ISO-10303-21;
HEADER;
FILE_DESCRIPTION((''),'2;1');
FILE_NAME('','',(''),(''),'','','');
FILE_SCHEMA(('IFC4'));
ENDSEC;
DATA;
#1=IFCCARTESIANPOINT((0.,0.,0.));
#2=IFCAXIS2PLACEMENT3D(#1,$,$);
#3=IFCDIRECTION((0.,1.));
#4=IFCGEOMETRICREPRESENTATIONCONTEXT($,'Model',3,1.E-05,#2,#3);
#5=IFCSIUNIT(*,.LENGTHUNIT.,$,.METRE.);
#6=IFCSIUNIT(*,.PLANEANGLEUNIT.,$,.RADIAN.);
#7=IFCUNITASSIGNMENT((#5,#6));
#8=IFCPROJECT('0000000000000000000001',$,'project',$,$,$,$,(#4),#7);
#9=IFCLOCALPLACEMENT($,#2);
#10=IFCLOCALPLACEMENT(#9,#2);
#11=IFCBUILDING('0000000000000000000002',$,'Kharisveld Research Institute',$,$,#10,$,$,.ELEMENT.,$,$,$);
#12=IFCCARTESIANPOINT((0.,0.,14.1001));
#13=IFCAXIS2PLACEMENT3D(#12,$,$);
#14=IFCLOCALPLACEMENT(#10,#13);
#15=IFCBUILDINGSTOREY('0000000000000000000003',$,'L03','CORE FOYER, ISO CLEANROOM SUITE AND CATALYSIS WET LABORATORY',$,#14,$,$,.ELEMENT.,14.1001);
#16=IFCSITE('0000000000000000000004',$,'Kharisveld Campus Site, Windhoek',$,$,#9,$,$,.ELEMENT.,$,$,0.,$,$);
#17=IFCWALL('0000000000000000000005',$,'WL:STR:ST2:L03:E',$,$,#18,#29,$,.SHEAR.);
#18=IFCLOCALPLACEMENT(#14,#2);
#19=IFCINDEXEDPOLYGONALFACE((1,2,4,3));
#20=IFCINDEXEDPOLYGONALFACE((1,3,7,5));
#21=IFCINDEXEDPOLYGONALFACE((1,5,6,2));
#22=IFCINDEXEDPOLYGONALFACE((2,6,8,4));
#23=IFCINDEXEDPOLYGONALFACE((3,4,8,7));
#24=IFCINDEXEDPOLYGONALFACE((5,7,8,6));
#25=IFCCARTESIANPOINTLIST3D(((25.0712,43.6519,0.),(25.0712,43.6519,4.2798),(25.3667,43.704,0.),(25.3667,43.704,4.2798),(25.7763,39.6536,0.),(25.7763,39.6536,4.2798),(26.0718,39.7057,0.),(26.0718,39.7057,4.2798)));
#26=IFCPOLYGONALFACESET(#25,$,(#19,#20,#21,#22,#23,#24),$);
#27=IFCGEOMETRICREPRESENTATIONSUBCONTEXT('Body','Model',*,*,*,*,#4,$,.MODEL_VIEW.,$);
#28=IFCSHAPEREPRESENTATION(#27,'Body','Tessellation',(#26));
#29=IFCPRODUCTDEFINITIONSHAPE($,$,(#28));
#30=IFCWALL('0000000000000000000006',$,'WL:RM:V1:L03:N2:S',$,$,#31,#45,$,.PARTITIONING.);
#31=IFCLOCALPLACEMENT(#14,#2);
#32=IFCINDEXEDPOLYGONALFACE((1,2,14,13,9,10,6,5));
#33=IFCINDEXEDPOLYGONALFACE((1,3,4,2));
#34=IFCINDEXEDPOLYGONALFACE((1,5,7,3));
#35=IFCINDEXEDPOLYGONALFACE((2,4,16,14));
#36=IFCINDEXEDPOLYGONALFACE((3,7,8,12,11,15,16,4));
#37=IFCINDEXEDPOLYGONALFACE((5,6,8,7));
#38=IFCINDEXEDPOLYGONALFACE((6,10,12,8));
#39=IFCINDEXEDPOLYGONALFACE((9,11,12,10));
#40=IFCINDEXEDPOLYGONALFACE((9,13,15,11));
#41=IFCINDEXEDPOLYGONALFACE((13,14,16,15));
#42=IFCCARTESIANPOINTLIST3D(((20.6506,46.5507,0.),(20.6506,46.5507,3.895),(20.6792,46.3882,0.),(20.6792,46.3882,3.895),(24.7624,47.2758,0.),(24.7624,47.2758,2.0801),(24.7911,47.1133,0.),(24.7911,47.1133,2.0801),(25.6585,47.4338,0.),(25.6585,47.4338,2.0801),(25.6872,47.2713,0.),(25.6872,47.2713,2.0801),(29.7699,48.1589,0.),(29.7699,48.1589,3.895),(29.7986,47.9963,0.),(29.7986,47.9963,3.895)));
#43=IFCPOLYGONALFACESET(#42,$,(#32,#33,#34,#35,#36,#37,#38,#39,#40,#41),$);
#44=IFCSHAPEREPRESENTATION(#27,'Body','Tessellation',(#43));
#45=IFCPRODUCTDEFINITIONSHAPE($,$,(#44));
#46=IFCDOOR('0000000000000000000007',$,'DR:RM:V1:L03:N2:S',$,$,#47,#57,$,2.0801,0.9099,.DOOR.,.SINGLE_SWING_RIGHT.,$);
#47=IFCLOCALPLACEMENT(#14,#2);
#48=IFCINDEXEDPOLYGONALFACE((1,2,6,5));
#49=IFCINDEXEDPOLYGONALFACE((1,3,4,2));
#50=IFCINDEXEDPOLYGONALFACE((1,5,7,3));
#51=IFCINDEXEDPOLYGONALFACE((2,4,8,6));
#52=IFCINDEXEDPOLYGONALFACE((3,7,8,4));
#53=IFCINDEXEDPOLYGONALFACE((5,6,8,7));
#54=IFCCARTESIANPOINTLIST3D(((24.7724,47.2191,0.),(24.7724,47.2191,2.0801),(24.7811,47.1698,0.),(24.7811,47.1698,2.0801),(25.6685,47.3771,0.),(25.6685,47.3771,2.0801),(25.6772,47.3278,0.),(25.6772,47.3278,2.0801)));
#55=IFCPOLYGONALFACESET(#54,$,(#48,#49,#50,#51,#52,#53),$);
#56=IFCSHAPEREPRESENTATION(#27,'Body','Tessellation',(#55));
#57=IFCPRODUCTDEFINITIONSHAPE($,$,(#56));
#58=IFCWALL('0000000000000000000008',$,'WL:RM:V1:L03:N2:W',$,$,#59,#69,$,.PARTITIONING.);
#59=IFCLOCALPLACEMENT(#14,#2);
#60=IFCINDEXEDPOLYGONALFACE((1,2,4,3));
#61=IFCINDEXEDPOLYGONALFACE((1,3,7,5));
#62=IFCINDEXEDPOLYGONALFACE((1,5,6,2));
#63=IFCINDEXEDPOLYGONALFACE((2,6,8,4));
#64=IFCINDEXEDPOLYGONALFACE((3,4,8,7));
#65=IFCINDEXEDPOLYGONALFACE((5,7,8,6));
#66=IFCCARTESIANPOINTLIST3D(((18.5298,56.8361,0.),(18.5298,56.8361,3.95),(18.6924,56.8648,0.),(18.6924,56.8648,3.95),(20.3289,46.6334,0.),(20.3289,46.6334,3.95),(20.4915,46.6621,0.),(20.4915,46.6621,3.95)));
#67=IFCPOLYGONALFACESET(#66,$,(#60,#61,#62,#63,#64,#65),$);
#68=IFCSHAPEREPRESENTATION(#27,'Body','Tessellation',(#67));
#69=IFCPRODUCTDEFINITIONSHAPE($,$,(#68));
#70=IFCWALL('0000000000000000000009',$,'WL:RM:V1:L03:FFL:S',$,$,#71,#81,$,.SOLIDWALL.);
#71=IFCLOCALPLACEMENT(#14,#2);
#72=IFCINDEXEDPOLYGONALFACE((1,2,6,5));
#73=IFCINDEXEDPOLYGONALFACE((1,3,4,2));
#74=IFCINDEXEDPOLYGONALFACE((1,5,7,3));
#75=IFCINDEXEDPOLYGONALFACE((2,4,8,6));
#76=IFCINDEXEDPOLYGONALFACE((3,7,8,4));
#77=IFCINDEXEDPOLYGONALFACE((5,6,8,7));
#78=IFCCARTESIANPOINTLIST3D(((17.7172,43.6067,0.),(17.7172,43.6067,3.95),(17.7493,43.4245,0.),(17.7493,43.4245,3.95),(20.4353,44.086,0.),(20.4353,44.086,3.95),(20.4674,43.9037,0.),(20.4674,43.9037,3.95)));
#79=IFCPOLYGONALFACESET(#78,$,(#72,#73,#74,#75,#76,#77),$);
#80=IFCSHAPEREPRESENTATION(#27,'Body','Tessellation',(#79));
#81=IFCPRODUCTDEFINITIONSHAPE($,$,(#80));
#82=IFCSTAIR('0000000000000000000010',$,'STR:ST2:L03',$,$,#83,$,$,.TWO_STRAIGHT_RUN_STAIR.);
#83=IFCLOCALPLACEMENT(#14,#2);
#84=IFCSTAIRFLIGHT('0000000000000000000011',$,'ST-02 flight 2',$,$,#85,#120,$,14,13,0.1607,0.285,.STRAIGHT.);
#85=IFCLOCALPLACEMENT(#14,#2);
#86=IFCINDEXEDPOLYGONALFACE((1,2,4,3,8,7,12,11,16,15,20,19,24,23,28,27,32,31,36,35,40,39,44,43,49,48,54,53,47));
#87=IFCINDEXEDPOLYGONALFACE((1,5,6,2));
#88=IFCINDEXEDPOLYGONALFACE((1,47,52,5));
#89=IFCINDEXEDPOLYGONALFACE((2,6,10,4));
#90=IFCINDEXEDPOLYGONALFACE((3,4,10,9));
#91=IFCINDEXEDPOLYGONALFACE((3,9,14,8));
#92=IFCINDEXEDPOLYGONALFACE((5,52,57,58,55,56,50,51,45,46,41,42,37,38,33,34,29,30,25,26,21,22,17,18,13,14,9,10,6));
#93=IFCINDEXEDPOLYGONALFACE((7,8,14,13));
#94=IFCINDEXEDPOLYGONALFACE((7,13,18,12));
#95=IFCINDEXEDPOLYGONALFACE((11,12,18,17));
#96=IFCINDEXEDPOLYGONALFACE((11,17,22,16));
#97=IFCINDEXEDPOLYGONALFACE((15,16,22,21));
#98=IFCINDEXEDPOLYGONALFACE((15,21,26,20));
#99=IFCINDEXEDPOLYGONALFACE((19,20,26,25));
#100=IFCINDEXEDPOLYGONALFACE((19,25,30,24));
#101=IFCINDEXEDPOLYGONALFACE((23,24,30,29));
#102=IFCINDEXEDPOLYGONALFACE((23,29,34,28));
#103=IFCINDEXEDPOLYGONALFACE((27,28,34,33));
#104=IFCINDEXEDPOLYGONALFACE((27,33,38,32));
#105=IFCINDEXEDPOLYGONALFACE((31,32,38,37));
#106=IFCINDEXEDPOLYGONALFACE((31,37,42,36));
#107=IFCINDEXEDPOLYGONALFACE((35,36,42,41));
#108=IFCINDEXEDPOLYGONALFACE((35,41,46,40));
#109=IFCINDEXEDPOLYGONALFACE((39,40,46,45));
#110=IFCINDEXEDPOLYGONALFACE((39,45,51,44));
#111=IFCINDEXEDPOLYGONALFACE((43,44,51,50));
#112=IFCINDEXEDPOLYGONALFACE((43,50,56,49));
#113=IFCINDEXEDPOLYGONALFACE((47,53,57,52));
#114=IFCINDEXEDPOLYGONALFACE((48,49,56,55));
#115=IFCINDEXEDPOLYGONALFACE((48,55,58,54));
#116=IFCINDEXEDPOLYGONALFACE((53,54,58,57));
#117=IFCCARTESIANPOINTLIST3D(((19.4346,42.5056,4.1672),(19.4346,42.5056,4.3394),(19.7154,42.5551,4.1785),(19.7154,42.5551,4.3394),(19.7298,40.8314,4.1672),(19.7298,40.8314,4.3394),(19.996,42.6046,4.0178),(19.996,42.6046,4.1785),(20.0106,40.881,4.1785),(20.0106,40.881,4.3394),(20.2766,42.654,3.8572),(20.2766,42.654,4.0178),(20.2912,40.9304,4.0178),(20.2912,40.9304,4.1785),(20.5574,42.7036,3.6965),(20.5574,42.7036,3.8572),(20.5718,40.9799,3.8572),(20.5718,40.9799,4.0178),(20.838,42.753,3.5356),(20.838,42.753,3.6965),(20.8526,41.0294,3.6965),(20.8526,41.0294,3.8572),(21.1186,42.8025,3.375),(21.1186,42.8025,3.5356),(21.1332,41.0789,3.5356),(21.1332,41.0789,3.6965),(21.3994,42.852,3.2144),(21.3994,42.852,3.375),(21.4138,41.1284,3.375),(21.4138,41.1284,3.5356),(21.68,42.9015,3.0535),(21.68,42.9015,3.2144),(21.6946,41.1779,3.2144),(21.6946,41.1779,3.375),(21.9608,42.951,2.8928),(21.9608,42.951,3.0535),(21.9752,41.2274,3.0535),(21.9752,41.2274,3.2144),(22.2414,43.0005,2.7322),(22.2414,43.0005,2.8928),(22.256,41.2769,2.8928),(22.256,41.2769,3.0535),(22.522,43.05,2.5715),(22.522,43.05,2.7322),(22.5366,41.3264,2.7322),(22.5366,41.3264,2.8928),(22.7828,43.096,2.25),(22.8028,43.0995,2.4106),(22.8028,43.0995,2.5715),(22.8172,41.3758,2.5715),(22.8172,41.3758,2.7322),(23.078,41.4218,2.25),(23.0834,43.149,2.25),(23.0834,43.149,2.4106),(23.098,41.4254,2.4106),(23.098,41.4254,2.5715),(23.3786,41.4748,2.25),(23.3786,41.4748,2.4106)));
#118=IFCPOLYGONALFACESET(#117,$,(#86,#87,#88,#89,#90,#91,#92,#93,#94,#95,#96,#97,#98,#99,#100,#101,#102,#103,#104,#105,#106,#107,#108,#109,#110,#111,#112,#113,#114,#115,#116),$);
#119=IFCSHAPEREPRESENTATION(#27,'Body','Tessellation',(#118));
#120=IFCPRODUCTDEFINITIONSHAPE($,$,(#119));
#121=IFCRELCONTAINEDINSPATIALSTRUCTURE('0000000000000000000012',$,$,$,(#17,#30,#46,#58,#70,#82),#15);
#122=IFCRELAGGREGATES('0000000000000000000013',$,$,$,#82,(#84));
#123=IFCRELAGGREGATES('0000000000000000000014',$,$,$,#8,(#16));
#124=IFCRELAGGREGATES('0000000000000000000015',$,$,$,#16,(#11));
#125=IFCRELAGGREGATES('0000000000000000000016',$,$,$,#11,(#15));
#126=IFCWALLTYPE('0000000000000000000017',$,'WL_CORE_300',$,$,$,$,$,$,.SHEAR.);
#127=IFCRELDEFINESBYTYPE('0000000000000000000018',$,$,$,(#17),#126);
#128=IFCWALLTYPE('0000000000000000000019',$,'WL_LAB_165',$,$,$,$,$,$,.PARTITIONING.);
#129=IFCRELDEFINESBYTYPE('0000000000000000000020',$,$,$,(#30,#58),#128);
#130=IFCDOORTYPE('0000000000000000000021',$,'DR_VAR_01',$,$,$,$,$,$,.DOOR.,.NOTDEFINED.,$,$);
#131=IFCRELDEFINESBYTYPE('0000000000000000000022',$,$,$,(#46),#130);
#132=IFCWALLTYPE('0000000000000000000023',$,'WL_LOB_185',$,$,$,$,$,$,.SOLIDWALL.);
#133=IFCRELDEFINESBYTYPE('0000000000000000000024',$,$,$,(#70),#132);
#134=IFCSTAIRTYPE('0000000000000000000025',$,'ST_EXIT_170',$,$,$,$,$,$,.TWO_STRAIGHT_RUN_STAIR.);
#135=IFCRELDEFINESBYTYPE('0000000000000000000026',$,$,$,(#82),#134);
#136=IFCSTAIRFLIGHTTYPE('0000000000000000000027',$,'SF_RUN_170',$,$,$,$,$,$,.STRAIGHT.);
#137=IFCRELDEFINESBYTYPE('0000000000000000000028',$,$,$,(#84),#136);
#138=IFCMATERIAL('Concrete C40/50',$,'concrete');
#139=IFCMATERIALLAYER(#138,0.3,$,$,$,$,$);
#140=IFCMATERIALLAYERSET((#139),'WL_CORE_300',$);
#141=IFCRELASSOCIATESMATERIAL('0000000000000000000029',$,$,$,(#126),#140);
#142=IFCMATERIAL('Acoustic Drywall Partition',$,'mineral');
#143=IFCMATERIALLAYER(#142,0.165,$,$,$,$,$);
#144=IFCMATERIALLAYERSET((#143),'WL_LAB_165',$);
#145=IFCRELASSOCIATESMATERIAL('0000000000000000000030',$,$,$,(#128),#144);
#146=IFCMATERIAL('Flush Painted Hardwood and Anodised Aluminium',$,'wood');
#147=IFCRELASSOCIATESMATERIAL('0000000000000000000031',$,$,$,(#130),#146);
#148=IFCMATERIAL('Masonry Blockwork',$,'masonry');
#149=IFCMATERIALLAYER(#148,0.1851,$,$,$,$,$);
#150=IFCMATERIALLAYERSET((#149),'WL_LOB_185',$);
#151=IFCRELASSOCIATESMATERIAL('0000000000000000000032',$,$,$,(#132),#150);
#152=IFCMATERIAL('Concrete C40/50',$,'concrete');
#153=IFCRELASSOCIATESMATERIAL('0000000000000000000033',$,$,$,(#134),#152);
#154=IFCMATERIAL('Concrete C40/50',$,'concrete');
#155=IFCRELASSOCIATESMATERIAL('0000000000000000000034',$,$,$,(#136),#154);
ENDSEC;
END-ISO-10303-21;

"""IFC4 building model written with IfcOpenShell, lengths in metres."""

from ifc_helpers import new_model, si_unit, direction, frame, frame_2d, origin, place, context, subcontext, project, spatial, polyline, rectangle, outline, extrude, material, layer, layer_set, type_object, element, fill, aggregate, save


model = new_model("IFC4")

# Units and contexts
model_context = context("Model", 3, precision=1e-05, world=origin(), true_north=direction((0.0, 1.0)))
body_context = subcontext(model_context, "Body", "Model", "MODEL_VIEW")
ifc_project = project(units=[si_unit("LENGTHUNIT", "METRE"), si_unit("PLANEANGLEUNIT", "RADIAN")], contexts=[model_context])

# Site, building, storey
site_placement = place(None, origin())
site = spatial("IfcSite", under=ifc_project, at=site_placement, Name="Kharisveld Campus Site, Windhoek", CompositionType="ELEMENT", RefElevation=0.0)
building_placement = place(site_placement, origin())
building = spatial("IfcBuilding", under=site, at=building_placement, Name="Kharisveld Research Institute", CompositionType="ELEMENT")
storey_placement = place(building_placement, frame((0.0, 0.0, 14.1001)))
storey = spatial("IfcBuildingStorey", under=building, at=storey_placement, Name="L03", Description="CORE FOYER, ISO CLEANROOM SUITE AND CATALYSIS WET LABORATORY", CompositionType="ELEMENT", Elevation=14.1001)

# Shared definitions
ifc_material_1 = material(Name="Concrete C40/50", Category="concrete")
ifc_layer_1 = layer(ifc_material_1, 0.3)
ifc_layer_set_1 = layer_set([ifc_layer_1], Name="WL_CORE_300")
wall_type_1 = type_object("IfcWallType", Name="WL_CORE_300", PredefinedType="SHEAR", material=ifc_layer_set_1)

# Wall
wall_1_placement = place(storey_placement, frame((25.219, 43.678, 0.0), z_axis=(0.0, 0.0, 1.0), x_axis=(0.173665, -0.984805, 0.0)))
element("IfcWall", 1, at=wall_1_placement, inside=storey, type_object=wall_type_1, Name="WL:STR:ST2:L03:E", PredefinedType="SHEAR", context=body_context, shape_type="SweptSolid", body=[
    extrude(rectangle(XDim=4.0601, YDim=0.3, at=frame_2d((2.03, 0.0))), origin(), (0.0, 0.0, 1.0), 4.2798),
])

# Wall, opening, door
ifc_material_2 = material(Name="Acoustic Drywall Partition", Category="mineral")
ifc_layer_2 = layer(ifc_material_2, 0.165)
ifc_layer_set_2 = layer_set([ifc_layer_2], Name="WL_LAB_165")
wall_type_2 = type_object("IfcWallType", Name="WL_LAB_165", PredefinedType="PARTITIONING", material=ifc_layer_set_2)
wall_2_placement = place(storey_placement, frame((20.665, 46.4695, 0.0), z_axis=(0.0, 0.0, 1.0), x_axis=(0.984805, 0.173665, 0.0)))
wall_2 = element("IfcWall", 2, at=wall_2_placement, inside=storey, type_object=wall_type_2, Name="WL:RM:V1:L03:N2:S", PredefinedType="PARTITIONING", context=body_context, shape_type="SweptSolid", body=[
    extrude(rectangle(XDim=9.26, YDim=0.165, at=frame_2d((4.6299, 0.0))), origin(), (0.0, 0.0, 1.0), 3.895),
])
opening_1_placement = place(wall_2_placement, frame((4.175, 0.0, 0.0)))
opening_1 = element("IfcOpeningElement", 3, at=opening_1_placement, cuts=wall_2, PredefinedType="OPENING", context=body_context, shape_type="SweptSolid", body=[
    extrude(rectangle(XDim=0.9099, YDim=2.0801, at=frame_2d((0.4551, 1.04))), frame((0.0, 0.0825, 0.0), z_axis=(0.0, -1.0, 0.0), x_axis=(1.0, 0.0, 0.0)), (0.0, 0.0, 1.0), 0.165),
])
ifc_material_3 = material(Name="Flush Painted Hardwood and Anodised Aluminium", Category="wood")
door_type_1 = type_object("IfcDoorType", Name="DR_VAR_01", OperationType="NOTDEFINED", PredefinedType="DOOR", material=ifc_material_3)
door_1_placement = place(opening_1_placement, origin())
door_1 = element("IfcDoor", 4, at=door_1_placement, inside=storey, type_object=door_type_1, Name="DR:RM:V1:L03:N2:S", OperationType="SINGLE_SWING_RIGHT", OverallHeight=2.0801, OverallWidth=0.9099, PredefinedType="DOOR", context=body_context, shape_type="SweptSolid", body=[
    extrude(rectangle(XDim=0.9099, YDim=2.0801, at=frame_2d((0.4551, 1.04))), frame((0.0, 0.0249, 0.0), z_axis=(0.0, -1.0, 0.0), x_axis=(1.0, 0.0, 0.0)), (0.0, 0.0, 1.0), 0.05),
])
fill(opening_1, door_1)

# Walls
wall_3_placement = place(storey_placement, frame((18.6111, 56.8506, 0.0), z_axis=(0.0, 0.0, 1.0), x_axis=(0.173655, -0.984807, 0.0)))
element("IfcWall", 5, at=wall_3_placement, inside=storey, type_object=wall_type_2, Name="WL:RM:V1:L03:N2:W", PredefinedType="PARTITIONING", context=body_context, shape_type="SweptSolid", body=[
    extrude(rectangle(XDim=10.3601, YDim=0.165, at=frame_2d((5.1802, 0.0))), origin(), (0.0, 0.0, 1.0), 3.95),
])
ifc_material_4 = material(Name="Masonry Blockwork", Category="masonry")
ifc_layer_3 = layer(ifc_material_4, 0.1851)
ifc_layer_set_3 = layer_set([ifc_layer_3], Name="WL_LOB_185")
wall_type_3 = type_object("IfcWallType", Name="WL_LOB_185", PredefinedType="SOLIDWALL", material=ifc_layer_set_3)
wall_4_placement = place(storey_placement, frame((17.7334, 43.5156, 0.0), z_axis=(0.0, 0.0, 1.0), x_axis=(0.984808, 0.173644, 0.0)))
element("IfcWall", 6, at=wall_4_placement, inside=storey, type_object=wall_type_3, Name="WL:RM:V1:L03:FFL:S", PredefinedType="SOLIDWALL", context=body_context, shape_type="SweptSolid", body=[
    extrude(rectangle(XDim=2.76, YDim=0.1851, at=frame_2d((1.3799, 0.0))), origin(), (0.0, 0.0, 1.0), 3.95),
])

# Stair, stair flight
ifc_material_5 = material(Name="Concrete C40/50", Category="concrete")
stair_type = type_object("IfcStairType", Name="ST_EXIT_170", PredefinedType="TWO_STRAIGHT_RUN_STAIR", material=ifc_material_5)
stair_placement = place(storey_placement, origin())
stair = element("IfcStair", 7, at=stair_placement, inside=storey, type_object=stair_type, Name="STR:ST2:L03", PredefinedType="TWO_STRAIGHT_RUN_STAIR")
ifc_material_6 = material(Name="Concrete C40/50", Category="concrete")
stair_flight_type = type_object("IfcStairFlightType", Name="SF_RUN_170", PredefinedType="STRAIGHT", material=ifc_material_6)
stair_flight_placement = place(storey_placement, frame((23.231, 42.312, 2.25), z_axis=(0.0, 0.0, 1.0), x_axis=(-0.984808, -0.173648, 0.0)))
stair_flight = element("IfcStairFlight", 8, at=stair_flight_placement, type_object=stair_flight_type, Name="ST-02 flight 2", NumberOfRisers=14, NumberOfTreads=13, PredefinedType="STRAIGHT", RiserHeight=0.1607, TreadLength=0.285, context=body_context, shape_type="SweptSolid", body=[
    extrude(outline(polyline([(0.0, 0.0), (0.0, 0.1606), (0.2849, 0.1606), (0.2849, 0.3215), (0.5701, 0.3215), (0.5701, 0.4822), (0.855, 0.4822), (0.855, 0.6428), (1.1399, 0.6428), (1.1399, 0.8035), (1.425, 0.8035), (1.425, 0.9644), (1.71, 0.9644), (1.71, 1.125), (1.9951, 1.125), (1.9951, 1.2856), (2.28, 1.2856), (2.28, 1.4465), (2.5649, 1.4465), (2.5649, 1.6072), (2.8501, 1.6072), (2.8501, 1.7678), (3.135, 1.7678), (3.135, 1.9285), (3.4199, 1.9285), (3.4199, 2.0894), (3.7051, 2.0894), (3.7051, 2.25), (3.7051, 1.9172), (0.3052, 0.0), (0.0, 0.0)])), frame((0.0, 0.8501, 0.0), z_axis=(0.0, -1.0, 0.0), x_axis=(1.0, 0.0, 0.0)), (0.0, 0.0, 1.0), 1.7),
])
aggregate(stair, [stair_flight])

save(model, "model.ifc")
